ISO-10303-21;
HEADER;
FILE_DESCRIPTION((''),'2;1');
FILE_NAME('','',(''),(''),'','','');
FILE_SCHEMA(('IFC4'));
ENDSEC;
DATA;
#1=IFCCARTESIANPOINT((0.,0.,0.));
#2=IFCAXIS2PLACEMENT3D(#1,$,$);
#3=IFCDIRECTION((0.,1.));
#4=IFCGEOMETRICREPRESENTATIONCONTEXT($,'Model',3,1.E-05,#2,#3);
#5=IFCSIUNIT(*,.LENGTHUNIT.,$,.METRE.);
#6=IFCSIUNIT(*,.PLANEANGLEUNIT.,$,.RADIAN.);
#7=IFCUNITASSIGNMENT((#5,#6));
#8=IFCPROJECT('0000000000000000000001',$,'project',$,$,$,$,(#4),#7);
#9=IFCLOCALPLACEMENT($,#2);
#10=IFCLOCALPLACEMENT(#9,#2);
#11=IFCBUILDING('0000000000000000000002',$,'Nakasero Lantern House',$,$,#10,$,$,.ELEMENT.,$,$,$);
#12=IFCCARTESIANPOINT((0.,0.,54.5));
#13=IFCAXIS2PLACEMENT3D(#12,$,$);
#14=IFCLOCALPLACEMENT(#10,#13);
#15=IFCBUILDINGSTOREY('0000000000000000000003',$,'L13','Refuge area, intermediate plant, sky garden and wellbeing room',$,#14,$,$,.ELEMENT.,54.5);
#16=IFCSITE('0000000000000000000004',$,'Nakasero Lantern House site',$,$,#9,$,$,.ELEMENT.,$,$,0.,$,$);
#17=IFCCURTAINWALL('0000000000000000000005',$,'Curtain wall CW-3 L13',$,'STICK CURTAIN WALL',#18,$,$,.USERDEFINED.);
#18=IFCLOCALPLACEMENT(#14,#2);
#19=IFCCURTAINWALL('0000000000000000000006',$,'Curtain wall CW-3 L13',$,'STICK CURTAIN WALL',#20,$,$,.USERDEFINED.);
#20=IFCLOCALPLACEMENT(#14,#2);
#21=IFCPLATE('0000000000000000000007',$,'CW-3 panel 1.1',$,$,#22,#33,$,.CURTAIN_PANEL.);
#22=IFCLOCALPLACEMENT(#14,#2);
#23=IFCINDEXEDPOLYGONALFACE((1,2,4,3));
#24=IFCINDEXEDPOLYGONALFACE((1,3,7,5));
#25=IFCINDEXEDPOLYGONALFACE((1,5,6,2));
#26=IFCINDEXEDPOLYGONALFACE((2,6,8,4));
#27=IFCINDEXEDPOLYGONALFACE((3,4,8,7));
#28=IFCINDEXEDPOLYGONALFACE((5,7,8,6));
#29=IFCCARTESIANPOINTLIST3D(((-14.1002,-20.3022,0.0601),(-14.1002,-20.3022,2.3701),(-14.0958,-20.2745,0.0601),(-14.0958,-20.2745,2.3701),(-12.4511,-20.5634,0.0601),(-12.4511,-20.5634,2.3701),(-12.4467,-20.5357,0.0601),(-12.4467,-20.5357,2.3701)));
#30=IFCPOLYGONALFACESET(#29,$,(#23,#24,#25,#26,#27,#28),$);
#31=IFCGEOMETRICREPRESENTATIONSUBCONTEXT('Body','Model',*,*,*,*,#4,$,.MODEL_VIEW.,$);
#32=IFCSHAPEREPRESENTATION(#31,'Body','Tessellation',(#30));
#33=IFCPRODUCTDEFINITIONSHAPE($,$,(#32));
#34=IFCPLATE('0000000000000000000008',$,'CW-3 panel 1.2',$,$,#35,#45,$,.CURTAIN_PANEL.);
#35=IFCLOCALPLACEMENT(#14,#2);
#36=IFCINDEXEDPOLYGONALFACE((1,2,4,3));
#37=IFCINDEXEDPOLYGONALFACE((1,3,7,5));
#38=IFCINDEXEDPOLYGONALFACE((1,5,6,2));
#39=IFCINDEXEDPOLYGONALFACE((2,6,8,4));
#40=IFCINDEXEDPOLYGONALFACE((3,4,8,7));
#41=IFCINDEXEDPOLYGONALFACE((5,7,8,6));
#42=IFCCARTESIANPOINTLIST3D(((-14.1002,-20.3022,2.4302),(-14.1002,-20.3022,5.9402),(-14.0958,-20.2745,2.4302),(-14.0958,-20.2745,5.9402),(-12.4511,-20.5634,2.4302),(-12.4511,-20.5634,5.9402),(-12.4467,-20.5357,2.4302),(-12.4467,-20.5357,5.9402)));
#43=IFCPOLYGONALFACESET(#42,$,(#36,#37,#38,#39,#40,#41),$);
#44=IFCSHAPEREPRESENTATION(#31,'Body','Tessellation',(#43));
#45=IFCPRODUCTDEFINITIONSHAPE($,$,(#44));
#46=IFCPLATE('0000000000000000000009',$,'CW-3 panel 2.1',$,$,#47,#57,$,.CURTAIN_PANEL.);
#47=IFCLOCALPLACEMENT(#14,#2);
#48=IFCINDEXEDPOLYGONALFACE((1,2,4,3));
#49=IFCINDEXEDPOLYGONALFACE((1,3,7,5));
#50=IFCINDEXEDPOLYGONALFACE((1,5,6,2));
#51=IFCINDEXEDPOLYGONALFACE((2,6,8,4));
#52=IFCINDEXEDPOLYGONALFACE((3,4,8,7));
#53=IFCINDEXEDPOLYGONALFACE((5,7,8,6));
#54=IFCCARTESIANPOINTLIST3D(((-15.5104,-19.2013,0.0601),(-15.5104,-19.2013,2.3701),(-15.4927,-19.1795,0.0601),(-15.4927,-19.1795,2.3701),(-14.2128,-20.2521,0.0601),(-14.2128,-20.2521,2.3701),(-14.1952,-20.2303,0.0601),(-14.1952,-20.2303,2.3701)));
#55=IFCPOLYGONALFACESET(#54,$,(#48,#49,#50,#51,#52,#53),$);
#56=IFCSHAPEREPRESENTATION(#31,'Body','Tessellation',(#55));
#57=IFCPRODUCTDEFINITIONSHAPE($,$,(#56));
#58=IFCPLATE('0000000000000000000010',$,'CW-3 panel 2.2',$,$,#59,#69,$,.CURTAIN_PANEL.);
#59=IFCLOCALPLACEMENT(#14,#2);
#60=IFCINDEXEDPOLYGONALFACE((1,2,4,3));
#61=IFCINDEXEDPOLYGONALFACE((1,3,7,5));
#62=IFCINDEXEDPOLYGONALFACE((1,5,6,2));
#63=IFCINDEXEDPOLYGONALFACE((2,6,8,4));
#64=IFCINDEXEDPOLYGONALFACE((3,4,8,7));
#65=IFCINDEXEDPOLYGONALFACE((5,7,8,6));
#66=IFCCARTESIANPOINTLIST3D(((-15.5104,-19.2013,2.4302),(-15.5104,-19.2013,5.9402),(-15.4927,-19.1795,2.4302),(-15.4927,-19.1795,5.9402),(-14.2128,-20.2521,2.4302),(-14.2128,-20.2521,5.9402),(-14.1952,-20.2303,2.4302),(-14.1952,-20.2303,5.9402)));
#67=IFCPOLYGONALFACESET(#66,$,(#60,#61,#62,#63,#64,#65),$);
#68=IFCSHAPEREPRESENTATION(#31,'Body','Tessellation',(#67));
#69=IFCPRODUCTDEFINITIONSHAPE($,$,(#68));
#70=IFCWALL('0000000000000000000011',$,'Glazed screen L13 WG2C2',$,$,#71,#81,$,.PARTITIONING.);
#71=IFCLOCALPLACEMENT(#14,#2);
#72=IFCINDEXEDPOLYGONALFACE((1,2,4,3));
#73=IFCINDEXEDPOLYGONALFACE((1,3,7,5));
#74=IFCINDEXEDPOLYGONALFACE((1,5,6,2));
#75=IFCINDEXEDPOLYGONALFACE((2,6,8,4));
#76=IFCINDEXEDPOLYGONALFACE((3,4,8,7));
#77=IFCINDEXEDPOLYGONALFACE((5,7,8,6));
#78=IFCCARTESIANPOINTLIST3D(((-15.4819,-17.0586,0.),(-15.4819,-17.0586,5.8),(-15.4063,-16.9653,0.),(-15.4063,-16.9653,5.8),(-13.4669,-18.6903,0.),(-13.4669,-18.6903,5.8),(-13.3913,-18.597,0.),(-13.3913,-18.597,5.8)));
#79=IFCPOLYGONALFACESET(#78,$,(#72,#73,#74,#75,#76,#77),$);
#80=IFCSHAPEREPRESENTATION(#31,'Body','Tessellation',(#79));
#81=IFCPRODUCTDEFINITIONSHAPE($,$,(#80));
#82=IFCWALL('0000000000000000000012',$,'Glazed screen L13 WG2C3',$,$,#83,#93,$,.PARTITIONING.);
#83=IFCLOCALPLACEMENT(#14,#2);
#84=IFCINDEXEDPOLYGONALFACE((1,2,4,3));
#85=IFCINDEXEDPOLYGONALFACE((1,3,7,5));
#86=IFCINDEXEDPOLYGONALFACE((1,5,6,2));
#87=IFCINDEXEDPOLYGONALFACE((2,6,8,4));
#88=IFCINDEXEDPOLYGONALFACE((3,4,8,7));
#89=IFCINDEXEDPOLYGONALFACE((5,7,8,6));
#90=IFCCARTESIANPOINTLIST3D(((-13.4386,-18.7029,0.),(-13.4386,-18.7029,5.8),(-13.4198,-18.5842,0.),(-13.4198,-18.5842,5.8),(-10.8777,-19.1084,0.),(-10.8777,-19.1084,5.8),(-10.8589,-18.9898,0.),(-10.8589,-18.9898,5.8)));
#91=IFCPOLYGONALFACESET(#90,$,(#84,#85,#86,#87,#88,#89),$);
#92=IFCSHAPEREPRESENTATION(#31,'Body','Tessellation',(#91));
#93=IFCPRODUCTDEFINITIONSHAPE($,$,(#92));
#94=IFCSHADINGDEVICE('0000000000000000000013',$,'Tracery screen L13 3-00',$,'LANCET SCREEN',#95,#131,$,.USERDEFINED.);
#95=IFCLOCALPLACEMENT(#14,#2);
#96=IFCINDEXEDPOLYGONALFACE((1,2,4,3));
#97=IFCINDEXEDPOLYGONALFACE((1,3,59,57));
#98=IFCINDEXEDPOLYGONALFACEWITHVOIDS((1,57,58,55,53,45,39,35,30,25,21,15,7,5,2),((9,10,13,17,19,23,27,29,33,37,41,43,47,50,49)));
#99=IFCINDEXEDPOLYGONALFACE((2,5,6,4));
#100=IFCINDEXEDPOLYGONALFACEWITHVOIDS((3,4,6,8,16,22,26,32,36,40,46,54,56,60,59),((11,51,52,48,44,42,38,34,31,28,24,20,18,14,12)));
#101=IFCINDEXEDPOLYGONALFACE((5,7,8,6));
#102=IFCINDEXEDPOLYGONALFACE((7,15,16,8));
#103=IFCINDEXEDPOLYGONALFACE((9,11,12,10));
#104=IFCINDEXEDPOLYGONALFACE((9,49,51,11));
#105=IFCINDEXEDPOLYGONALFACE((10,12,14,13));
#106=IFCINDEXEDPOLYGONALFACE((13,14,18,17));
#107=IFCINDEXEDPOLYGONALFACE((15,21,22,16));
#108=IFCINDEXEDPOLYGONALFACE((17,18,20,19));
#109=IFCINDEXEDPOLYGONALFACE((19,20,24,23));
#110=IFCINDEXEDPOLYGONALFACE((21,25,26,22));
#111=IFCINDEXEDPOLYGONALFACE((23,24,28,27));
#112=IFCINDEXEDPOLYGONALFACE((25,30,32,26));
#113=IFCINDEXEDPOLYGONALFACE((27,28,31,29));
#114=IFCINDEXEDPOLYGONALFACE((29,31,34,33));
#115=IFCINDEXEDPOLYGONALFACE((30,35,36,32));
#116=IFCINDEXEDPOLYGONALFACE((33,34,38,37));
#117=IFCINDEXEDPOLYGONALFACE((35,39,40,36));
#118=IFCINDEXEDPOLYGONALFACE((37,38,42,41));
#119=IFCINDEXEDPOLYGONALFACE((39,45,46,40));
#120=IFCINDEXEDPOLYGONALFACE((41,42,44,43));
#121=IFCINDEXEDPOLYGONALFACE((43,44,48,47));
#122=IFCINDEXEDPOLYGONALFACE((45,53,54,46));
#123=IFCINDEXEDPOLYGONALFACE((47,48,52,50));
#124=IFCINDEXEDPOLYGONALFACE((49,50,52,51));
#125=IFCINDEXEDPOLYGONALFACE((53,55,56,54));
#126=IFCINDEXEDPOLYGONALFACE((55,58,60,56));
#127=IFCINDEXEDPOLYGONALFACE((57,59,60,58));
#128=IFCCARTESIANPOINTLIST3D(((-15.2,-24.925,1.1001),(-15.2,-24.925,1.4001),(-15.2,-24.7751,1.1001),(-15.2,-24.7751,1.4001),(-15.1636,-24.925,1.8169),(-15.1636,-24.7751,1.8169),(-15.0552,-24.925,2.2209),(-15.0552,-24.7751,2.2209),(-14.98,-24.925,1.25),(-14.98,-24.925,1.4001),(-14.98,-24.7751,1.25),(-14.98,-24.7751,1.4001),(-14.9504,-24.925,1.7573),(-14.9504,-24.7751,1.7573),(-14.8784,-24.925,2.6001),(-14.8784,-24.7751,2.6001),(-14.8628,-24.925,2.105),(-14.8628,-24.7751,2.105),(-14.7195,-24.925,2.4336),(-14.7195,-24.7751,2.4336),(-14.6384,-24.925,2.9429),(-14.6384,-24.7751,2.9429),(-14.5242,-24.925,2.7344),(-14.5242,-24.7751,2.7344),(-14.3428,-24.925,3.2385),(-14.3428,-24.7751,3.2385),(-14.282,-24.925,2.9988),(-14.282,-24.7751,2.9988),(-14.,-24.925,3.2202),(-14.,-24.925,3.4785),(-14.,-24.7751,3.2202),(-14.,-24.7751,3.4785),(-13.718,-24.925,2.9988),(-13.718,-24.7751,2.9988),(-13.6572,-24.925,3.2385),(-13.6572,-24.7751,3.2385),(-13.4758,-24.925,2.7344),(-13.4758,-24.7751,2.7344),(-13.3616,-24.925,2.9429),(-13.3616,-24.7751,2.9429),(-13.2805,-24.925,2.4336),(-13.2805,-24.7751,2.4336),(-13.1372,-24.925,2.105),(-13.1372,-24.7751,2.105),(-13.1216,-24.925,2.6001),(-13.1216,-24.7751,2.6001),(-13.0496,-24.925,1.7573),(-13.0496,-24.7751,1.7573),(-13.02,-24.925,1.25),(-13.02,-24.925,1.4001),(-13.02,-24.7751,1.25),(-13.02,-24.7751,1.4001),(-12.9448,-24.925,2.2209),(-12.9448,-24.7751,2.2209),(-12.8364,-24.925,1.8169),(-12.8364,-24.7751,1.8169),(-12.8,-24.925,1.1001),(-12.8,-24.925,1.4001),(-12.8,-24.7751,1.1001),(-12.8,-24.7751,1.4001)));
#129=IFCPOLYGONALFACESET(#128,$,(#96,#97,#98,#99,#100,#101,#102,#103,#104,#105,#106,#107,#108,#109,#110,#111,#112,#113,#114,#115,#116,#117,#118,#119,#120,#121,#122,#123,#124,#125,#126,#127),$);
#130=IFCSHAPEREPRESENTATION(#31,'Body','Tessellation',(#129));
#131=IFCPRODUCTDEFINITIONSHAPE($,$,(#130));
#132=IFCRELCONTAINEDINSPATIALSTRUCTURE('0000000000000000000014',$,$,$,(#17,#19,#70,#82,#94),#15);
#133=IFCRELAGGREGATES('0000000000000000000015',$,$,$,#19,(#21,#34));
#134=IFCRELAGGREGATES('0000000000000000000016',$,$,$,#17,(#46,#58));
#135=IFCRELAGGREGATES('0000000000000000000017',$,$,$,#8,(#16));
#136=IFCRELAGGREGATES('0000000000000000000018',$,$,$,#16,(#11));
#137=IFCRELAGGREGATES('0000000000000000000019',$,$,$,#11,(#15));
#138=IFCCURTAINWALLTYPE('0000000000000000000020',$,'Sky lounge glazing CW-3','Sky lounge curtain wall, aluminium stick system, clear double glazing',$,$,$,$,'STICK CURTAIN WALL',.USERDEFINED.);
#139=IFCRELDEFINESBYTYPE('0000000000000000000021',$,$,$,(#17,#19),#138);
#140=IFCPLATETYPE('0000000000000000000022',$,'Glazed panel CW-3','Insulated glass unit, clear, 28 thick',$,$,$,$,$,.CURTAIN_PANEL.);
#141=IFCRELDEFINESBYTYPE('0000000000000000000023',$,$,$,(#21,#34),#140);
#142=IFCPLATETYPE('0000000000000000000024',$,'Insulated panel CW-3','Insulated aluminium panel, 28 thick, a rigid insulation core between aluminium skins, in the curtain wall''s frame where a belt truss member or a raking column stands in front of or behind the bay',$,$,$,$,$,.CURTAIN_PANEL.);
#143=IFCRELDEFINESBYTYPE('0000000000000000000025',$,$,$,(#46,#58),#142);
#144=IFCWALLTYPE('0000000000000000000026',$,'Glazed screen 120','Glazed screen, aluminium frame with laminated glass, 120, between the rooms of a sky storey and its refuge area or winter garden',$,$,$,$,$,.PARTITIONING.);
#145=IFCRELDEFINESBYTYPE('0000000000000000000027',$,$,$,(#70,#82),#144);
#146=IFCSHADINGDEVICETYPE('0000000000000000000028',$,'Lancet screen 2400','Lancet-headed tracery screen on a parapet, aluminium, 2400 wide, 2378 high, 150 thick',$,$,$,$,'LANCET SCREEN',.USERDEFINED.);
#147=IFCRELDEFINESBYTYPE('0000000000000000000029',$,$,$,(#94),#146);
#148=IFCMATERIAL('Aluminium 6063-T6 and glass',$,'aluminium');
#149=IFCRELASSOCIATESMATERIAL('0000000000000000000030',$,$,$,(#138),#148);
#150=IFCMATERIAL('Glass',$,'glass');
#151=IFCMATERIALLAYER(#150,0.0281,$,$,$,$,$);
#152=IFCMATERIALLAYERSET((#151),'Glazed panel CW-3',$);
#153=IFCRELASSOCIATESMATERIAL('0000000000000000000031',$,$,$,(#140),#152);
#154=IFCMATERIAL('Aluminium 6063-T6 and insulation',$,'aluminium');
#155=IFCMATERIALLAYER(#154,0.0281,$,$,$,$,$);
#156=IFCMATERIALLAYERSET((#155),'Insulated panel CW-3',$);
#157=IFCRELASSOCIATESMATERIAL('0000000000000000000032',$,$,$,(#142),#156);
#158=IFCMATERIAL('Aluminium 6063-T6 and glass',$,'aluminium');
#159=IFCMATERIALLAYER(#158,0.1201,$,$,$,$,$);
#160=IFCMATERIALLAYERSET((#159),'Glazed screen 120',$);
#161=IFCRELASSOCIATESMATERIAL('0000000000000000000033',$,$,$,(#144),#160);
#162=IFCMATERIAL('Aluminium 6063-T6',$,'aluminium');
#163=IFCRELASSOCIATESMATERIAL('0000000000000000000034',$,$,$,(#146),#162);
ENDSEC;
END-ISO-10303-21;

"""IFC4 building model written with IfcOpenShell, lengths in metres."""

from ifc_helpers import new_model, si_unit, direction, frame, frame_2d, origin, origin_2d, place, context, subcontext, project, spatial, polyline, rectangle, outline, extrude, material, layer, layer_set, type_object, element, aggregate, save


model = new_model("IFC4")

# Units and contexts
model_context = context("Model", 3, precision=1e-05, world=origin(), true_north=direction((0.0, 1.0)))
body_context = subcontext(model_context, "Body", "Model", "MODEL_VIEW")
ifc_project = project(units=[si_unit("LENGTHUNIT", "METRE"), si_unit("PLANEANGLEUNIT", "RADIAN")], contexts=[model_context])

# Site, building, storey
site_placement = place(None, origin())
site = spatial("IfcSite", under=ifc_project, at=site_placement, Name="Nakasero Lantern House site", CompositionType="ELEMENT", RefElevation=0.0)
building_placement = place(site_placement, origin())
building = spatial("IfcBuilding", under=site, at=building_placement, Name="Nakasero Lantern House", CompositionType="ELEMENT")
storey_placement = place(building_placement, frame((0.0, 0.0, 54.5)))
storey = spatial("IfcBuildingStorey", under=building, at=storey_placement, Name="L13", Description="Refuge area, intermediate plant, sky garden and wellbeing room", CompositionType="ELEMENT", Elevation=54.5)

# Curtain walls
ifc_material_1 = material(Name="Aluminium 6063-T6 and glass", Category="aluminium")
curtain_wall_type = type_object("IfcCurtainWallType", Name="Sky lounge glazing CW-3", Description="Sky lounge curtain wall, aluminium stick system, clear double glazing", ElementType="STICK CURTAIN WALL", PredefinedType="USERDEFINED", material=ifc_material_1)
curtain_wall_1_placement = place(storey_placement, origin())
curtain_wall_1 = element("IfcCurtainWall", 1, at=curtain_wall_1_placement, inside=storey, type_object=curtain_wall_type, Name="Curtain wall CW-3 L13", ObjectType="STICK CURTAIN WALL", PredefinedType="USERDEFINED")
curtain_wall_2_placement = place(storey_placement, origin())
curtain_wall_2 = element("IfcCurtainWall", 2, at=curtain_wall_2_placement, inside=storey, type_object=curtain_wall_type, Name="Curtain wall CW-3 L13", ObjectType="STICK CURTAIN WALL", PredefinedType="USERDEFINED")

# Plates
ifc_material_2 = material(Name="Glass", Category="glass")
ifc_layer_1 = layer(ifc_material_2, 0.0281)
ifc_layer_set_1 = layer_set([ifc_layer_1], Name="Glazed panel CW-3")
plate_type_1 = type_object("IfcPlateType", Name="Glazed panel CW-3", Description="Insulated glass unit, clear, 28 thick", PredefinedType="CURTAIN_PANEL", material=ifc_layer_set_1)
plate_1_placement = place(storey_placement, frame((-13.2734, -20.4189, 0.0601), z_axis=(0.0, 0.0, 1.0), x_axis=(0.987688, -0.156434, 0.0)))
plate_1 = element("IfcPlate", 3, at=plate_1_placement, type_object=plate_type_1, Name="CW-3 panel 1.1", PredefinedType="CURTAIN_PANEL", context=body_context, shape_type="SweptSolid", body=[
    extrude(rectangle(XDim=1.6697, YDim=0.0281, at=origin_2d()), origin(), (0.0, 0.0, 1.0), 2.3101),
])
plate_2_placement = place(storey_placement, frame((-13.2734, -20.4189, 2.4302), z_axis=(0.0, 0.0, 1.0), x_axis=(0.987688, -0.156434, 0.0)))
plate_2 = element("IfcPlate", 4, at=plate_2_placement, type_object=plate_type_1, Name="CW-3 panel 1.2", PredefinedType="CURTAIN_PANEL", context=body_context, shape_type="SweptSolid", body=[
    extrude(rectangle(XDim=1.6697, YDim=0.0281, at=origin_2d()), origin(), (0.0, 0.0, 1.0), 3.51),
])
aggregate(curtain_wall_2, [plate_1, plate_2])
ifc_material_3 = material(Name="Aluminium 6063-T6 and insulation", Category="aluminium")
ifc_layer_2 = layer(ifc_material_3, 0.0281)
ifc_layer_set_2 = layer_set([ifc_layer_2], Name="Insulated panel CW-3")
plate_type_2 = type_object("IfcPlateType", Name="Insulated panel CW-3", Description="Insulated aluminium panel, 28 thick, a rigid insulation core between aluminium skins, in the curtain wall's frame where a belt truss member or a raking column stands in front of or behind the bay", PredefinedType="CURTAIN_PANEL", material=ifc_layer_set_2)
plate_3_placement = place(storey_placement, frame((-14.8528, -19.7158, 0.0601), z_axis=(0.0, 0.0, 1.0), x_axis=(0.777146, -0.62932, 0.0)))
plate_3 = element("IfcPlate", 5, at=plate_3_placement, type_object=plate_type_2, Name="CW-3 panel 2.1", PredefinedType="CURTAIN_PANEL", context=body_context, shape_type="SweptSolid", body=[
    extrude(rectangle(XDim=1.6697, YDim=0.0281, at=origin_2d()), origin(), (0.0, 0.0, 1.0), 2.3101),
])
plate_4_placement = place(storey_placement, frame((-14.8528, -19.7158, 2.4302), z_axis=(0.0, 0.0, 1.0), x_axis=(0.777146, -0.62932, 0.0)))
plate_4 = element("IfcPlate", 6, at=plate_4_placement, type_object=plate_type_2, Name="CW-3 panel 2.2", PredefinedType="CURTAIN_PANEL", context=body_context, shape_type="SweptSolid", body=[
    extrude(rectangle(XDim=1.6697, YDim=0.0281, at=origin_2d()), origin(), (0.0, 0.0, 1.0), 3.51),
])
aggregate(curtain_wall_1, [plate_3, plate_4])

# Walls
ifc_material_4 = material(Name="Aluminium 6063-T6 and glass", Category="aluminium")
ifc_layer_3 = layer(ifc_material_4, 0.1201)
ifc_layer_set_3 = layer_set([ifc_layer_3], Name="Glazed screen 120")
wall_type = type_object("IfcWallType", Name="Glazed screen 120", Description="Glazed screen, aluminium frame with laminated glass, 120, between the rooms of a sky storey and its refuge area or winter garden", PredefinedType="PARTITIONING", material=ifc_layer_set_3)
for number, where, z_axis, x_axis, name in (
    (7, (-15.4441, -17.012, 0.0), (0.0, 0.0, 1.0), (0.777153, -0.629312, 0.0), "Glazed screen L13 WG2C2"),
    (8, (-13.4292, -18.6436, 0.0), (0.0, 0.0, 1.0), (0.987693, -0.156407, 0.0), "Glazed screen L13 WG2C3"),
):
    element("IfcWall", number, at=place(storey_placement, frame(where, z_axis=z_axis, x_axis=x_axis)), inside=storey, type_object=wall_type, Name=name, PredefinedType="PARTITIONING", context=body_context, shape_type="SweptSolid", body=[
        extrude(rectangle(XDim=2.5928, YDim=0.1201, at=frame_2d((1.2964, 0.0))), origin(), (0.0, 0.0, 1.0), 5.8),
    ])

# Shading device
ifc_material_5 = material(Name="Aluminium 6063-T6", Category="aluminium")
shading_device_type = type_object("IfcShadingDeviceType", Name="Lancet screen 2400", Description="Lancet-headed tracery screen on a parapet, aluminium, 2400 wide, 2378 high, 150 thick", ElementType="LANCET SCREEN", PredefinedType="USERDEFINED", material=ifc_material_5)
shading_device_placement = place(storey_placement, frame((-14.0, -24.8501, 1.1001), z_axis=(0.0, 0.0, 1.0), x_axis=(1.0, 0.0, 0.0)))
element("IfcShadingDevice", 9, at=shading_device_placement, inside=storey, type_object=shading_device_type, Name="Tracery screen L13 3-00", ObjectType="LANCET SCREEN", PredefinedType="USERDEFINED", context=body_context, shape_type="SweptSolid", body=[
    extrude(outline(polyline([(-1.2, 0.0), (1.2, 0.0), (1.2, 0.3), (1.1636, 0.7168), (1.0552, 1.1208), (0.8784, 1.5), (0.6384, 1.8428), (0.3428, 2.1384), (0.0, 2.3784), (-0.3428, 2.1384), (-0.6384, 1.8428), (-0.8784, 1.5), (-1.0552, 1.1208), (-1.1636, 0.7168), (-1.2, 0.3), (-1.2, 0.0)]), holes=[polyline([(-0.98, 0.1499), (0.98, 0.1499), (0.98, 0.3), (0.9504, 0.6572), (0.8628, 1.0049), (0.7195, 1.3335), (0.5242, 1.6343), (0.282, 1.8987), (0.0, 2.1201), (-0.282, 1.8987), (-0.5242, 1.6343), (-0.7195, 1.3335), (-0.8628, 1.0049), (-0.9504, 0.6572), (-0.98, 0.3), (-0.98, 0.1499)])]), frame((0.0, 0.075, 0.0), z_axis=(0.0, -1.0, 0.0), x_axis=(1.0, 0.0, 0.0)), (0.0, 0.0, 1.0), 0.1499),
])

save(model, "model.ifc")
